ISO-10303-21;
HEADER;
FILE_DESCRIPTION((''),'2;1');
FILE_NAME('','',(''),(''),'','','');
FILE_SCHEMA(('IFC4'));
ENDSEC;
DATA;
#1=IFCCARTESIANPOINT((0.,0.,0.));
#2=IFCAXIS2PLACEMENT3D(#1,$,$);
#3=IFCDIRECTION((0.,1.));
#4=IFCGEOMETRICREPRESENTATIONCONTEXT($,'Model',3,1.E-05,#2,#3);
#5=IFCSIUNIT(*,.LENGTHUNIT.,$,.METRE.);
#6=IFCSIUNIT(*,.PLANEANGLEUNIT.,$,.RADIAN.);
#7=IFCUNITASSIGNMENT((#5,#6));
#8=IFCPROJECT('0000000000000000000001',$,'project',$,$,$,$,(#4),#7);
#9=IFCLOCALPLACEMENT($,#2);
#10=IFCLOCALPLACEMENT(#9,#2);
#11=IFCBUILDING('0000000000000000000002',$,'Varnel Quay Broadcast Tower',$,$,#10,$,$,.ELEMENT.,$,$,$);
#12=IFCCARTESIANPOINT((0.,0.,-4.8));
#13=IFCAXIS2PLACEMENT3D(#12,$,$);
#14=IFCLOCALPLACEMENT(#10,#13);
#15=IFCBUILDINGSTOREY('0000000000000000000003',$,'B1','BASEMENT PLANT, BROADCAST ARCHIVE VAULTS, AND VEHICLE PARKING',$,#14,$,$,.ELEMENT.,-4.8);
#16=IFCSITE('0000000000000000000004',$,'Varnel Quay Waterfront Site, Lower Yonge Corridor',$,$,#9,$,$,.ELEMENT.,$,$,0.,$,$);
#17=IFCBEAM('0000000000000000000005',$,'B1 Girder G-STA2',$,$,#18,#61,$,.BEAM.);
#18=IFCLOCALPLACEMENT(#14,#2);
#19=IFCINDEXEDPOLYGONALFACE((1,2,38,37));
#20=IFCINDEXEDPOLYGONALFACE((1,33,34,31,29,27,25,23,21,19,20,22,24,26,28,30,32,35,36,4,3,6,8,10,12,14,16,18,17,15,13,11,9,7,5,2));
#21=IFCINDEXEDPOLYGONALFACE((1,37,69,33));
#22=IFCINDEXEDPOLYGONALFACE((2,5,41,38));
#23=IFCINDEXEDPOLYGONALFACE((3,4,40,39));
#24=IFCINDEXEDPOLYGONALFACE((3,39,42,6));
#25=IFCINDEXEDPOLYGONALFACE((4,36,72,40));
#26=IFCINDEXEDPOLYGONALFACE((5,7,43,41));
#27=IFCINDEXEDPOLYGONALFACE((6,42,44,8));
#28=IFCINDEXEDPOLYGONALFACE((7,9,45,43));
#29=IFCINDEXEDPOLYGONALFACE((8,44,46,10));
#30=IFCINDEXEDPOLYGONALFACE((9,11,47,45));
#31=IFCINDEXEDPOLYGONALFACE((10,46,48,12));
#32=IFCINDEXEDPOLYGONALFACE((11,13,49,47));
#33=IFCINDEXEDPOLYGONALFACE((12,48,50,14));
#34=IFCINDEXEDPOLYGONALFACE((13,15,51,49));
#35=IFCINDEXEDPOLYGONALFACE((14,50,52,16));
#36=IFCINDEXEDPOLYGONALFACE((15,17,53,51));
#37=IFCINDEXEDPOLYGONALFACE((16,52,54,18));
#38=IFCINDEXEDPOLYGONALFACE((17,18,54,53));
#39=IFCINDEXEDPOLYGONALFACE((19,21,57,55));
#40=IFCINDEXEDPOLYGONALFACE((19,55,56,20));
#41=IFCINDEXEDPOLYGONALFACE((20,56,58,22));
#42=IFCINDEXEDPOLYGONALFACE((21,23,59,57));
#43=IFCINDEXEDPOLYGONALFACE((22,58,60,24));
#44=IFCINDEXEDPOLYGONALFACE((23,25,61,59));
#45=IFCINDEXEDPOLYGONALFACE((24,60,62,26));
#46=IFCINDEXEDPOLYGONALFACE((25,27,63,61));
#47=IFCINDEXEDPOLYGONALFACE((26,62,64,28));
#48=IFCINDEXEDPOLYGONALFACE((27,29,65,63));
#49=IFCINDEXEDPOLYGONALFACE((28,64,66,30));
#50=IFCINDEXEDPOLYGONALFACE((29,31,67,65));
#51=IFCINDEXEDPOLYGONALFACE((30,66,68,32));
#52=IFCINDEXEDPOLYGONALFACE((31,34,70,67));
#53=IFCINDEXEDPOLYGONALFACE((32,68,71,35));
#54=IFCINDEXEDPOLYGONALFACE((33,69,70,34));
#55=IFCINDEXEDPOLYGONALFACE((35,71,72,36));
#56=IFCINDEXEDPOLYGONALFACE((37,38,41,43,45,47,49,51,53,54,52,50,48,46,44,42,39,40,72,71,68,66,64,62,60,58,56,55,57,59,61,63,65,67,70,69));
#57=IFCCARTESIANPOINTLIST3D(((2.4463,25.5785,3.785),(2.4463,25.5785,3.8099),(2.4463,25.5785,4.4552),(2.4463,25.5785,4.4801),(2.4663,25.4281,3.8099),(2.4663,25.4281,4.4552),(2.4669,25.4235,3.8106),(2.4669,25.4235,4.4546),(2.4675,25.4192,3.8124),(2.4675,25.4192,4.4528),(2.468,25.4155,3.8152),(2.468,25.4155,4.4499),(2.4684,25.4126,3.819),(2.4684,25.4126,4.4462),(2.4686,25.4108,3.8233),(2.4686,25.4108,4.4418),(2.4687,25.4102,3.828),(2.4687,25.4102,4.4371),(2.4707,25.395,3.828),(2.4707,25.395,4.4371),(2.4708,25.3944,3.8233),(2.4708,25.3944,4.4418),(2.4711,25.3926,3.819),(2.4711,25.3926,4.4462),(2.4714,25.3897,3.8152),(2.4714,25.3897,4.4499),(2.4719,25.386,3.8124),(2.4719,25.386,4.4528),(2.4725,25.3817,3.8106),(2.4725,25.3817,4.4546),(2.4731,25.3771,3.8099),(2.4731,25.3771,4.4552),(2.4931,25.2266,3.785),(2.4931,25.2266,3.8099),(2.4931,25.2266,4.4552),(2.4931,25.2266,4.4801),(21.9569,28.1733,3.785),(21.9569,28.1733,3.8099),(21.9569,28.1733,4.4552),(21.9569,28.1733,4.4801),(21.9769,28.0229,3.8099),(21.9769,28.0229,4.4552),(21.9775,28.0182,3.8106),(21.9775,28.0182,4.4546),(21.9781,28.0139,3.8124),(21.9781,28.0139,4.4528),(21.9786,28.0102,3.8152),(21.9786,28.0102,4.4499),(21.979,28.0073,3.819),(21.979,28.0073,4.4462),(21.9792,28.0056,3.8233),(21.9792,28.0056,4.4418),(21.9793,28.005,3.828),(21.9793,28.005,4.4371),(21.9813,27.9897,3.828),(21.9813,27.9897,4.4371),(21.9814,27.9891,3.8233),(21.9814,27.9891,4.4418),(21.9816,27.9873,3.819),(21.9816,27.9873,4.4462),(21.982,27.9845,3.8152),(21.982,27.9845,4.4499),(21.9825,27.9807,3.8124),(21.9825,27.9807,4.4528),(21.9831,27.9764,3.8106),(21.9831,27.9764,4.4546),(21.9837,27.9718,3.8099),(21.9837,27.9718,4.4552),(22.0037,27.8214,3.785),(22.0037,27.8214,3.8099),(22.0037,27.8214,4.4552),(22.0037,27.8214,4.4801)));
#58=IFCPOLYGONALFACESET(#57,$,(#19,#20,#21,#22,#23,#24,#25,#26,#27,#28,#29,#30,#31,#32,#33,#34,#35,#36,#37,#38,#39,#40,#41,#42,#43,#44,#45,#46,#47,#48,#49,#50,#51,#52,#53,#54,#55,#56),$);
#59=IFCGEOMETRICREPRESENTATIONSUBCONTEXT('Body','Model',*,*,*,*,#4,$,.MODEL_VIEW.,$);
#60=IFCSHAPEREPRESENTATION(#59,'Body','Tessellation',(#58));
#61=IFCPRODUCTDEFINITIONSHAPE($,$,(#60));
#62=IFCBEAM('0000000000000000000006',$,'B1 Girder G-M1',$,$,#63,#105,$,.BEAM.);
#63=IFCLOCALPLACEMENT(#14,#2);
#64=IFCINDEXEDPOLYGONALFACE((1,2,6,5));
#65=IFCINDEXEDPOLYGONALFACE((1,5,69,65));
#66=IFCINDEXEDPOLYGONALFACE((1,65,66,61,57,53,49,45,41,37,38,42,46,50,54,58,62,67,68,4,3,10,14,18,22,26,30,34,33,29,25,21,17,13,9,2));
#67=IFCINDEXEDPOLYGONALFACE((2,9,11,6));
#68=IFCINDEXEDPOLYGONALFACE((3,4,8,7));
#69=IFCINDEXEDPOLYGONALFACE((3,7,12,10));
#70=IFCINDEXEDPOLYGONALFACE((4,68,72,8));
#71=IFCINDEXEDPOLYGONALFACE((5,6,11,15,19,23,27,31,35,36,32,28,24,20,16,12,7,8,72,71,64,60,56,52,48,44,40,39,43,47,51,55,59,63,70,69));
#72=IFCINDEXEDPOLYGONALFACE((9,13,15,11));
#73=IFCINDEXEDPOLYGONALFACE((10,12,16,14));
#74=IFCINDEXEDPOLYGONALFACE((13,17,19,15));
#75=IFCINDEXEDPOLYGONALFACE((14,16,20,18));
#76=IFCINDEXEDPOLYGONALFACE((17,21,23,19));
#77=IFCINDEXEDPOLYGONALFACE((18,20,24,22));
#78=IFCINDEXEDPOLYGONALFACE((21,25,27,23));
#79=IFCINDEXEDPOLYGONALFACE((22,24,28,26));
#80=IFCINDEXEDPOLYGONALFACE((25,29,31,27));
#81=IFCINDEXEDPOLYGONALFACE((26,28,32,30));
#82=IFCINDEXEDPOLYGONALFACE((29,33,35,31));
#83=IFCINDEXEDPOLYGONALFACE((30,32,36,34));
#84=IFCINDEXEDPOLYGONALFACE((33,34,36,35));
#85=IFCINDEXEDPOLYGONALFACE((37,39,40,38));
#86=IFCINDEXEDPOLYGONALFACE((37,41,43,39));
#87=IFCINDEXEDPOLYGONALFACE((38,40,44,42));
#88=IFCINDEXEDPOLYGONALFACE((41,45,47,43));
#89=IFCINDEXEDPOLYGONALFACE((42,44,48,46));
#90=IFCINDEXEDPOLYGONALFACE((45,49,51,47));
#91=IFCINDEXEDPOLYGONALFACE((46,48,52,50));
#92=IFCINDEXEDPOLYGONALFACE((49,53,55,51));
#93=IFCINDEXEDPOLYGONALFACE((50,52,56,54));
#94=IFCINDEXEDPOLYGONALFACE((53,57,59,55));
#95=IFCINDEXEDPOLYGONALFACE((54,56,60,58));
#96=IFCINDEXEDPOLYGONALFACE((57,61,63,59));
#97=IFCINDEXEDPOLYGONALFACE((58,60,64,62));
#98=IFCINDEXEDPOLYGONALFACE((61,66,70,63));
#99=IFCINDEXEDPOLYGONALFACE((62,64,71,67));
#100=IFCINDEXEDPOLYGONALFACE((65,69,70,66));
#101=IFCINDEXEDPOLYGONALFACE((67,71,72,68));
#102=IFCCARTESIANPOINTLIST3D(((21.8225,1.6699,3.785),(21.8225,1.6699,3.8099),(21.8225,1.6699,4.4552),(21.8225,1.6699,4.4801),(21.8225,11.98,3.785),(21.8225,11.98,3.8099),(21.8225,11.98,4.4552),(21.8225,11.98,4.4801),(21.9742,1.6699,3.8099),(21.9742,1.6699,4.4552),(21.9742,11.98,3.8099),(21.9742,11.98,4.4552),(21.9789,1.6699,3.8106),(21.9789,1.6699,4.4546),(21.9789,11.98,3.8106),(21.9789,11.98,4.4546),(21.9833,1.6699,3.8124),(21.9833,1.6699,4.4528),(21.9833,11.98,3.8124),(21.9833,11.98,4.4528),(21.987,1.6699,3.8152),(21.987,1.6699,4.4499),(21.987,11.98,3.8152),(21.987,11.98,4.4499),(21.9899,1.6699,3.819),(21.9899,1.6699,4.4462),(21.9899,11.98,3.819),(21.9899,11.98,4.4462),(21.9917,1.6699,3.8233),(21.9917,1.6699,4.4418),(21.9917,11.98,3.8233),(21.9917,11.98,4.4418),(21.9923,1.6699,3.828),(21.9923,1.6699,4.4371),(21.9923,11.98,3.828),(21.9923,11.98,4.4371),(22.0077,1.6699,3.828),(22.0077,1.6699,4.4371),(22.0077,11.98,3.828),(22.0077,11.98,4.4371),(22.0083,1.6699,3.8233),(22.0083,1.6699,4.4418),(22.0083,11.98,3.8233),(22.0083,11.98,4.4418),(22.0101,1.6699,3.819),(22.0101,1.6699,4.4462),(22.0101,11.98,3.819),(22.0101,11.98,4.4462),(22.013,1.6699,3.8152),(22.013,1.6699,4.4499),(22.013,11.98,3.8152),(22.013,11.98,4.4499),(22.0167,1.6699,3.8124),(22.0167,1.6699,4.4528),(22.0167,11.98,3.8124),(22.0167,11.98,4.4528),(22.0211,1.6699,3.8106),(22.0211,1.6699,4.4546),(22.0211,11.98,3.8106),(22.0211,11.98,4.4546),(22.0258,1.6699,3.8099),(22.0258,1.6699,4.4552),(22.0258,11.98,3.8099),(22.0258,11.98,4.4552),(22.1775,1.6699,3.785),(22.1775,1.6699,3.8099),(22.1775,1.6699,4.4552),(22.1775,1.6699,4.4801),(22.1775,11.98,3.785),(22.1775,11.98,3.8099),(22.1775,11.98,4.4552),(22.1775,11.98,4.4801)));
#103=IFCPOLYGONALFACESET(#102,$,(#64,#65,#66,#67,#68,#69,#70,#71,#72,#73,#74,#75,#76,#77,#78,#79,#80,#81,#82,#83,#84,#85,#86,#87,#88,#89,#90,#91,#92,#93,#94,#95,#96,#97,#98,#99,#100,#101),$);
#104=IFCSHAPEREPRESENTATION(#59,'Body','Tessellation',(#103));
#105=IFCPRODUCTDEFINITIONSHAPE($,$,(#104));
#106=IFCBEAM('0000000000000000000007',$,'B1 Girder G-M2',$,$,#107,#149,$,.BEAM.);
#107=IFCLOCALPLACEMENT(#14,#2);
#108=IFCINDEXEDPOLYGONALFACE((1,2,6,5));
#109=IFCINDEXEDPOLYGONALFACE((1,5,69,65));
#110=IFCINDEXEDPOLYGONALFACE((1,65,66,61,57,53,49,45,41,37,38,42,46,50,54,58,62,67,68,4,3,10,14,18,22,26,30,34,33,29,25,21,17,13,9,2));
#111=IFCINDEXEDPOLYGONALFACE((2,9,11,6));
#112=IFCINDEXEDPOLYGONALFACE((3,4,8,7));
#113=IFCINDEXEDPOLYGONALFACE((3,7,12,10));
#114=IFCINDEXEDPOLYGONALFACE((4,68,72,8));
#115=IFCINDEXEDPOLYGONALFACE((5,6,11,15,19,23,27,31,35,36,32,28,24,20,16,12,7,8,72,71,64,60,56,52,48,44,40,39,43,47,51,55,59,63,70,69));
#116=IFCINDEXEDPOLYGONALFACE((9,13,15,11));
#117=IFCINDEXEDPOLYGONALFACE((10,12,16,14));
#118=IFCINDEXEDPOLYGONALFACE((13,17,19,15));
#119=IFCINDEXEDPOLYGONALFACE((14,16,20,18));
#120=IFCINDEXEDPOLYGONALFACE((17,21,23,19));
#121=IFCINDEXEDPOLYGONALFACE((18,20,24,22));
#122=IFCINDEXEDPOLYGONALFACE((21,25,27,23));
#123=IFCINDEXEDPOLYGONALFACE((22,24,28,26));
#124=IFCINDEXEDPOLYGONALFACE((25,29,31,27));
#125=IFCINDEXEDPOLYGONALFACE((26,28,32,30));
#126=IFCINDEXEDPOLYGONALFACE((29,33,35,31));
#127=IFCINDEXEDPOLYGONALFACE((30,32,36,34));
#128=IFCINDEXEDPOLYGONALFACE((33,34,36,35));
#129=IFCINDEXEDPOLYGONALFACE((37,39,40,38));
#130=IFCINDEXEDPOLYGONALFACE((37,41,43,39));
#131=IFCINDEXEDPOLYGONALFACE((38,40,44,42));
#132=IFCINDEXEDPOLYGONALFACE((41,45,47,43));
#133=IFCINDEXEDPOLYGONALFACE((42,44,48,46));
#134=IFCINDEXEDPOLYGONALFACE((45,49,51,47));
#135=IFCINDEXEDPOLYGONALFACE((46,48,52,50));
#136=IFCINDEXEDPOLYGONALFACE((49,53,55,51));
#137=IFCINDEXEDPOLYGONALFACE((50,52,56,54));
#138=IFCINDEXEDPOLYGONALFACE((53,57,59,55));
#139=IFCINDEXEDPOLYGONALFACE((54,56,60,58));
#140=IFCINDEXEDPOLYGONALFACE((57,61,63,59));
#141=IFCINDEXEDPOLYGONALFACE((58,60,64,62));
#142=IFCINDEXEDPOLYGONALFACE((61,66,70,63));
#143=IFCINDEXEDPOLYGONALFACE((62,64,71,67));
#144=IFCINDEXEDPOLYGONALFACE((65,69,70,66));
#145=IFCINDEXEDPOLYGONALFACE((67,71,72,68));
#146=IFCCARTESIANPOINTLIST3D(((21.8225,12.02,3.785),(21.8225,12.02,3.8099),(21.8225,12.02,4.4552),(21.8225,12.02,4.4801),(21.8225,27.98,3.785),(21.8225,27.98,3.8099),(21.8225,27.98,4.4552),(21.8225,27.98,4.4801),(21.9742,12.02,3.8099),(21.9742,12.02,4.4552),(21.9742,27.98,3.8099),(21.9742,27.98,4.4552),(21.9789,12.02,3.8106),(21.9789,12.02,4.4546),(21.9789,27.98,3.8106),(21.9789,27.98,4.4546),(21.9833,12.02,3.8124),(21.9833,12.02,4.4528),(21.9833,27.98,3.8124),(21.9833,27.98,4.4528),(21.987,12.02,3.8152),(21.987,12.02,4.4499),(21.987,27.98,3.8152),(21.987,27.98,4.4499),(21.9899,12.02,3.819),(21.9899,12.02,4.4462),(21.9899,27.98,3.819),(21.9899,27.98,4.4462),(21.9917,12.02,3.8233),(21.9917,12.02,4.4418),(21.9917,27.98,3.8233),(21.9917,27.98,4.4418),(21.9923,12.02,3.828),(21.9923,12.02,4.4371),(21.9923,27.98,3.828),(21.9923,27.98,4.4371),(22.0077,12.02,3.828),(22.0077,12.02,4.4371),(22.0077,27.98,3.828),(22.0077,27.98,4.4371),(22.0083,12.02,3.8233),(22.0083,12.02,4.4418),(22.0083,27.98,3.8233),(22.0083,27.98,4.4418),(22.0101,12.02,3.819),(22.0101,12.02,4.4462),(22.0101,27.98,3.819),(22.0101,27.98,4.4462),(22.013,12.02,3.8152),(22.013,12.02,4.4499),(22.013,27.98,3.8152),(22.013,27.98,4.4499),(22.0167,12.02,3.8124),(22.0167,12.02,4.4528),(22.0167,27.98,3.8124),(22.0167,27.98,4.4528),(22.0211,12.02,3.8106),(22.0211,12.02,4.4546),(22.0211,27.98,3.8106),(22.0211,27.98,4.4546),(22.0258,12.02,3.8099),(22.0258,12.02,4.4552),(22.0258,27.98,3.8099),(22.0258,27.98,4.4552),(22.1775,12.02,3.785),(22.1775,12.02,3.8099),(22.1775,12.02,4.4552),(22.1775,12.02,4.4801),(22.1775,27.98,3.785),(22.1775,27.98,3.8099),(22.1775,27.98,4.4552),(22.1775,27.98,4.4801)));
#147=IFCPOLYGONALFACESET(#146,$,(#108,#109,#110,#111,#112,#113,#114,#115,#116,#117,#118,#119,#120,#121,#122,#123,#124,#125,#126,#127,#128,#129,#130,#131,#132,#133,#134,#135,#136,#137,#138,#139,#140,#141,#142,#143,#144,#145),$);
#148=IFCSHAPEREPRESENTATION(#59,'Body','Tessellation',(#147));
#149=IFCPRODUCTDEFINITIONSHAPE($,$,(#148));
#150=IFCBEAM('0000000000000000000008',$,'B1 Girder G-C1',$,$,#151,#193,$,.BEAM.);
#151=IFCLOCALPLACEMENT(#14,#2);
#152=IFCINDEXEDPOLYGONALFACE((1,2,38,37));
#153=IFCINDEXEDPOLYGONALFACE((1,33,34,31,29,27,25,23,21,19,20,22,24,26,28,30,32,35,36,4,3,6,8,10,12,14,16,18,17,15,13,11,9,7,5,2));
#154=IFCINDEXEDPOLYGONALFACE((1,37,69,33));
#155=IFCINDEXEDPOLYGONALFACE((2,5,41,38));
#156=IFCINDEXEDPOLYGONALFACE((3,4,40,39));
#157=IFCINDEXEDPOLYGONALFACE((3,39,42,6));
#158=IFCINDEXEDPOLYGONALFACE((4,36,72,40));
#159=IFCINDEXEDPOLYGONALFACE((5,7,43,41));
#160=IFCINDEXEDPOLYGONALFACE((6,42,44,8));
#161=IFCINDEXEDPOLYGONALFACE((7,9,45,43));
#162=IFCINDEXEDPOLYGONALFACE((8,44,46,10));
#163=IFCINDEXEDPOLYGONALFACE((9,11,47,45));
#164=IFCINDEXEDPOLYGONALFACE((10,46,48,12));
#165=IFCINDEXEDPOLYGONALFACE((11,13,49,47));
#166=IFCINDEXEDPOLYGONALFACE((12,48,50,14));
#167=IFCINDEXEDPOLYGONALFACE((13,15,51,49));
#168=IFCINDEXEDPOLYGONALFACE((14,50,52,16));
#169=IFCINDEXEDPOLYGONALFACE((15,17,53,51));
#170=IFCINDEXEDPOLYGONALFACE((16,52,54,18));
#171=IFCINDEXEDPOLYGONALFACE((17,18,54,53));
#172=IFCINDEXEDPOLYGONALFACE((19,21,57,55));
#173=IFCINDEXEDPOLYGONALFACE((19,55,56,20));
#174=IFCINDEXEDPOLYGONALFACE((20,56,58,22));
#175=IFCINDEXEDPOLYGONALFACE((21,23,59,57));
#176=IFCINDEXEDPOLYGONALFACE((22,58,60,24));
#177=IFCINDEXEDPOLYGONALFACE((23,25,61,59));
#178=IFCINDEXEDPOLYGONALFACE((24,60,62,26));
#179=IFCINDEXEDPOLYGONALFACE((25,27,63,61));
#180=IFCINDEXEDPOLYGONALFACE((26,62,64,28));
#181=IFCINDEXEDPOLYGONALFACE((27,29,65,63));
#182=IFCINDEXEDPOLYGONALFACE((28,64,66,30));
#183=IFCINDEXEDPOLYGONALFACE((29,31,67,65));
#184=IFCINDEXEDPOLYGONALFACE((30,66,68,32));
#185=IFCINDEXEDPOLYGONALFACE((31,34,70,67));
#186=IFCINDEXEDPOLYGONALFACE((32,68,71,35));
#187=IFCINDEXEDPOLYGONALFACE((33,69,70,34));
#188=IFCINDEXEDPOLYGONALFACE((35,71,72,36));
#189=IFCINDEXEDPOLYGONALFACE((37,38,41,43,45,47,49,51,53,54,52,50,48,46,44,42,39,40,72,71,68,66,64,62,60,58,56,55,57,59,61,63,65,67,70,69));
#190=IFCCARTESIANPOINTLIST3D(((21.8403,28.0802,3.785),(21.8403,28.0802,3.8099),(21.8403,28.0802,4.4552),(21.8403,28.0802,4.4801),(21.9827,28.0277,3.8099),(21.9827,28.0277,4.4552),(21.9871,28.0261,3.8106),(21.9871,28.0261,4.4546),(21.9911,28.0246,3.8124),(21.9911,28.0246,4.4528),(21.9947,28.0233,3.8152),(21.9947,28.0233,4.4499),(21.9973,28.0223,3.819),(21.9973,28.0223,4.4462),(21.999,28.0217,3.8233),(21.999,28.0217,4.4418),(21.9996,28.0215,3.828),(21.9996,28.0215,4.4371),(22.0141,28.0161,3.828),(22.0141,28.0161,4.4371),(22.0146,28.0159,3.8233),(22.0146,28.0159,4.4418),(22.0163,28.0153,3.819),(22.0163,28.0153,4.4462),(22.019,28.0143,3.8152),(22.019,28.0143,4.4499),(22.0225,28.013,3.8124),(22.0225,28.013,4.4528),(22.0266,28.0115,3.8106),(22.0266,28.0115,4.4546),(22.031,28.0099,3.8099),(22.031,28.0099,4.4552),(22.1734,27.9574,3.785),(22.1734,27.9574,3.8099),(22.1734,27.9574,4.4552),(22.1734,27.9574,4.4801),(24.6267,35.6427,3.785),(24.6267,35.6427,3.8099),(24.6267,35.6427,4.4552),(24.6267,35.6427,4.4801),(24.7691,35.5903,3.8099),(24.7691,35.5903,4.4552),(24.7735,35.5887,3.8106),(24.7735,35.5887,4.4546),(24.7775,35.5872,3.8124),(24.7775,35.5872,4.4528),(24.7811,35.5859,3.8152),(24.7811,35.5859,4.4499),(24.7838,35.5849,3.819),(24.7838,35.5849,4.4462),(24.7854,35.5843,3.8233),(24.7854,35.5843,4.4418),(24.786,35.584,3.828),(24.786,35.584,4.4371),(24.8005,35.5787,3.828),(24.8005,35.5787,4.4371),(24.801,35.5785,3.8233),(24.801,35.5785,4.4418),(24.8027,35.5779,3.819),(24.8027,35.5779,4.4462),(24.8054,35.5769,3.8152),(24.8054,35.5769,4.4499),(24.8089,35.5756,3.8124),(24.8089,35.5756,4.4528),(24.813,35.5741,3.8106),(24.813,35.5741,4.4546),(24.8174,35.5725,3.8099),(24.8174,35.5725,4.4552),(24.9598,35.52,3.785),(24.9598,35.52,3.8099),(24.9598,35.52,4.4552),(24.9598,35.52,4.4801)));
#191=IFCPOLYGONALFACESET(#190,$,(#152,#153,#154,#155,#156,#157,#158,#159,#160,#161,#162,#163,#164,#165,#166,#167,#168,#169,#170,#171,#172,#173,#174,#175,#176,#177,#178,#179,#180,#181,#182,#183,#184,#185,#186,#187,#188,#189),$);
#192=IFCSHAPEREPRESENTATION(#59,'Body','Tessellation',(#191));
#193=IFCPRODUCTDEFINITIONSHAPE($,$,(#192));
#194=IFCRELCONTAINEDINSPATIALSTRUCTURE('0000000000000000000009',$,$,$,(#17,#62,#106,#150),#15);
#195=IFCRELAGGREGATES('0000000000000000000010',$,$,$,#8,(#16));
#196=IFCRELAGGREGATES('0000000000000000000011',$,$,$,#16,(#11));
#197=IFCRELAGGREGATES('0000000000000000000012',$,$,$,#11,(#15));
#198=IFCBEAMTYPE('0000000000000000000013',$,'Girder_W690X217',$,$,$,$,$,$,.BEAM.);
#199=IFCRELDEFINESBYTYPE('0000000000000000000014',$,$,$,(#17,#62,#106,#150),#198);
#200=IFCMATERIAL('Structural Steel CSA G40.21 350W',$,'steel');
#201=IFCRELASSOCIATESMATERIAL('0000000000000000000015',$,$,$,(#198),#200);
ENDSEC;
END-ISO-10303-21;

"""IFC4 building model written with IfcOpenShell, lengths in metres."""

from ifc_helpers import new_model, si_unit, direction, frame, origin, origin_2d, place, context, subcontext, project, spatial, i_section, extrude, source, transform, mapped, material, material_profile, profile_set, type_object, element, save


model = new_model("IFC4")

# Units and contexts
model_context = context("Model", 3, precision=1e-05, world=origin(), true_north=direction((0.0, 1.0)))
body_context = subcontext(model_context, "Body", "Model", "MODEL_VIEW")
ifc_project = project(units=[si_unit("LENGTHUNIT", "METRE"), si_unit("PLANEANGLEUNIT", "RADIAN")], contexts=[model_context])

# Site, building, storey
site_placement = place(None, origin())
site = spatial("IfcSite", under=ifc_project, at=site_placement, Name="Varnel Quay Waterfront Site, Lower Yonge Corridor", CompositionType="ELEMENT", RefElevation=0.0)
building_placement = place(site_placement, origin())
building = spatial("IfcBuilding", under=site, at=building_placement, Name="Varnel Quay Broadcast Tower", CompositionType="ELEMENT")
storey_placement = place(building_placement, frame((0.0, 0.0, -4.8)))
storey = spatial("IfcBuildingStorey", under=building, at=storey_placement, Name="B1", Description="BASEMENT PLANT, BROADCAST ARCHIVE VAULTS, AND VEHICLE PARKING", CompositionType="ELEMENT", Elevation=-4.8)

# Beams
ifc_material_1 = material(Name="Structural Steel CSA G40.21 350W", Category="steel")
ifc_material_profile_1 = material_profile(ifc_material_1, i_section(OverallWidth=0.355, OverallDepth=0.6951, WebThickness=0.0154, FlangeThickness=0.0249, FilletRadius=0.0181, at=origin_2d()), Name="W690X217")
ifc_profile_set_1 = profile_set([ifc_material_profile_1], Name="Structural Steel CSA G40.21 350W")
beam_type = type_object("IfcBeamType", Name="Girder_W690X217", PredefinedType="BEAM", material=ifc_profile_set_1)
shared_shape_1 = source(origin(), body_context, "Body", "SweptSolid", [
    extrude(i_section(OverallWidth=0.355, OverallDepth=0.6951, WebThickness=0.0154, FlangeThickness=0.0249, FilletRadius=0.0181, at=origin_2d()), origin(), (0.0, 0.0, 1.0), 19.6824),
])
beam_1_placement = place(storey_placement, frame((2.4697, 25.4026, 4.1326), z_axis=(0.991272, 0.131831, 0.0), x_axis=(-0.131831, 0.991272, 0.0)))
element("IfcBeam", 1, at=beam_1_placement, inside=storey, type_object=beam_type, Name="B1 Girder G-STA2", PredefinedType="BEAM", context=body_context, shape_type="MappedRepresentation", body=[
    mapped(shared_shape_1, transform((0.0, 0.0, 0.0), x_axis=(1.0, 0.0, 0.0), y_axis=(0.0, 1.0, 0.0), z_axis=(0.0, 0.0, 1.0), scale=1.0)),
])
shared_shape_2 = source(origin(), body_context, "Body", "SweptSolid", [
    extrude(i_section(OverallWidth=0.355, OverallDepth=0.6951, WebThickness=0.0154, FlangeThickness=0.0249, FilletRadius=0.0181, at=origin_2d()), origin(), (0.0, 0.0, 1.0), 10.3101),
])
beam_2_placement = place(storey_placement, frame((22.0, 1.6699, 4.1326), z_axis=(0.0, 1.0, 0.0), x_axis=(-1.0, 0.0, 0.0)))
element("IfcBeam", 2, at=beam_2_placement, inside=storey, type_object=beam_type, Name="B1 Girder G-M1", PredefinedType="BEAM", context=body_context, shape_type="MappedRepresentation", body=[
    mapped(shared_shape_2, transform((0.0, 0.0, 0.0), x_axis=(1.0, 0.0, 0.0), y_axis=(0.0, 1.0, 0.0), z_axis=(0.0, 0.0, 1.0), scale=1.0)),
])
shared_shape_3 = source(origin(), body_context, "Body", "SweptSolid", [
    extrude(i_section(OverallWidth=0.355, OverallDepth=0.6951, WebThickness=0.0154, FlangeThickness=0.0249, FilletRadius=0.0181, at=origin_2d()), origin(), (0.0, 0.0, 1.0), 15.96),
])
beam_3_placement = place(storey_placement, frame((22.0, 12.02, 4.1326), z_axis=(0.0, 1.0, 0.0), x_axis=(-1.0, 0.0, 0.0)))
element("IfcBeam", 3, at=beam_3_placement, inside=storey, type_object=beam_type, Name="B1 Girder G-M2", PredefinedType="BEAM", context=body_context, shape_type="MappedRepresentation", body=[
    mapped(shared_shape_3, transform((0.0, 0.0, 0.0), x_axis=(1.0, 0.0, 0.0), y_axis=(0.0, 1.0, 0.0), z_axis=(0.0, 0.0, 1.0), scale=1.0)),
])
shared_shape_4 = source(origin(), body_context, "Body", "SweptSolid", [
    extrude(i_section(OverallWidth=0.355, OverallDepth=0.6951, WebThickness=0.0154, FlangeThickness=0.0249, FilletRadius=0.0181, at=origin_2d()), origin(), (0.0, 0.0, 1.0), 8.0596),
])
beam_4_placement = place(storey_placement, frame((22.0068, 28.0188, 4.1326), z_axis=(0.345726, 0.938335, 0.0), x_axis=(-0.938335, 0.345726, 0.0)))
element("IfcBeam", 4, at=beam_4_placement, inside=storey, type_object=beam_type, Name="B1 Girder G-C1", PredefinedType="BEAM", context=body_context, shape_type="MappedRepresentation", body=[
    mapped(shared_shape_4, transform((0.0, 0.0, 0.0), x_axis=(1.0, 0.0, 0.0), y_axis=(0.0, 1.0, 0.0), z_axis=(0.0, 0.0, 1.0), scale=1.0)),
])

save(model, "model.ifc")
